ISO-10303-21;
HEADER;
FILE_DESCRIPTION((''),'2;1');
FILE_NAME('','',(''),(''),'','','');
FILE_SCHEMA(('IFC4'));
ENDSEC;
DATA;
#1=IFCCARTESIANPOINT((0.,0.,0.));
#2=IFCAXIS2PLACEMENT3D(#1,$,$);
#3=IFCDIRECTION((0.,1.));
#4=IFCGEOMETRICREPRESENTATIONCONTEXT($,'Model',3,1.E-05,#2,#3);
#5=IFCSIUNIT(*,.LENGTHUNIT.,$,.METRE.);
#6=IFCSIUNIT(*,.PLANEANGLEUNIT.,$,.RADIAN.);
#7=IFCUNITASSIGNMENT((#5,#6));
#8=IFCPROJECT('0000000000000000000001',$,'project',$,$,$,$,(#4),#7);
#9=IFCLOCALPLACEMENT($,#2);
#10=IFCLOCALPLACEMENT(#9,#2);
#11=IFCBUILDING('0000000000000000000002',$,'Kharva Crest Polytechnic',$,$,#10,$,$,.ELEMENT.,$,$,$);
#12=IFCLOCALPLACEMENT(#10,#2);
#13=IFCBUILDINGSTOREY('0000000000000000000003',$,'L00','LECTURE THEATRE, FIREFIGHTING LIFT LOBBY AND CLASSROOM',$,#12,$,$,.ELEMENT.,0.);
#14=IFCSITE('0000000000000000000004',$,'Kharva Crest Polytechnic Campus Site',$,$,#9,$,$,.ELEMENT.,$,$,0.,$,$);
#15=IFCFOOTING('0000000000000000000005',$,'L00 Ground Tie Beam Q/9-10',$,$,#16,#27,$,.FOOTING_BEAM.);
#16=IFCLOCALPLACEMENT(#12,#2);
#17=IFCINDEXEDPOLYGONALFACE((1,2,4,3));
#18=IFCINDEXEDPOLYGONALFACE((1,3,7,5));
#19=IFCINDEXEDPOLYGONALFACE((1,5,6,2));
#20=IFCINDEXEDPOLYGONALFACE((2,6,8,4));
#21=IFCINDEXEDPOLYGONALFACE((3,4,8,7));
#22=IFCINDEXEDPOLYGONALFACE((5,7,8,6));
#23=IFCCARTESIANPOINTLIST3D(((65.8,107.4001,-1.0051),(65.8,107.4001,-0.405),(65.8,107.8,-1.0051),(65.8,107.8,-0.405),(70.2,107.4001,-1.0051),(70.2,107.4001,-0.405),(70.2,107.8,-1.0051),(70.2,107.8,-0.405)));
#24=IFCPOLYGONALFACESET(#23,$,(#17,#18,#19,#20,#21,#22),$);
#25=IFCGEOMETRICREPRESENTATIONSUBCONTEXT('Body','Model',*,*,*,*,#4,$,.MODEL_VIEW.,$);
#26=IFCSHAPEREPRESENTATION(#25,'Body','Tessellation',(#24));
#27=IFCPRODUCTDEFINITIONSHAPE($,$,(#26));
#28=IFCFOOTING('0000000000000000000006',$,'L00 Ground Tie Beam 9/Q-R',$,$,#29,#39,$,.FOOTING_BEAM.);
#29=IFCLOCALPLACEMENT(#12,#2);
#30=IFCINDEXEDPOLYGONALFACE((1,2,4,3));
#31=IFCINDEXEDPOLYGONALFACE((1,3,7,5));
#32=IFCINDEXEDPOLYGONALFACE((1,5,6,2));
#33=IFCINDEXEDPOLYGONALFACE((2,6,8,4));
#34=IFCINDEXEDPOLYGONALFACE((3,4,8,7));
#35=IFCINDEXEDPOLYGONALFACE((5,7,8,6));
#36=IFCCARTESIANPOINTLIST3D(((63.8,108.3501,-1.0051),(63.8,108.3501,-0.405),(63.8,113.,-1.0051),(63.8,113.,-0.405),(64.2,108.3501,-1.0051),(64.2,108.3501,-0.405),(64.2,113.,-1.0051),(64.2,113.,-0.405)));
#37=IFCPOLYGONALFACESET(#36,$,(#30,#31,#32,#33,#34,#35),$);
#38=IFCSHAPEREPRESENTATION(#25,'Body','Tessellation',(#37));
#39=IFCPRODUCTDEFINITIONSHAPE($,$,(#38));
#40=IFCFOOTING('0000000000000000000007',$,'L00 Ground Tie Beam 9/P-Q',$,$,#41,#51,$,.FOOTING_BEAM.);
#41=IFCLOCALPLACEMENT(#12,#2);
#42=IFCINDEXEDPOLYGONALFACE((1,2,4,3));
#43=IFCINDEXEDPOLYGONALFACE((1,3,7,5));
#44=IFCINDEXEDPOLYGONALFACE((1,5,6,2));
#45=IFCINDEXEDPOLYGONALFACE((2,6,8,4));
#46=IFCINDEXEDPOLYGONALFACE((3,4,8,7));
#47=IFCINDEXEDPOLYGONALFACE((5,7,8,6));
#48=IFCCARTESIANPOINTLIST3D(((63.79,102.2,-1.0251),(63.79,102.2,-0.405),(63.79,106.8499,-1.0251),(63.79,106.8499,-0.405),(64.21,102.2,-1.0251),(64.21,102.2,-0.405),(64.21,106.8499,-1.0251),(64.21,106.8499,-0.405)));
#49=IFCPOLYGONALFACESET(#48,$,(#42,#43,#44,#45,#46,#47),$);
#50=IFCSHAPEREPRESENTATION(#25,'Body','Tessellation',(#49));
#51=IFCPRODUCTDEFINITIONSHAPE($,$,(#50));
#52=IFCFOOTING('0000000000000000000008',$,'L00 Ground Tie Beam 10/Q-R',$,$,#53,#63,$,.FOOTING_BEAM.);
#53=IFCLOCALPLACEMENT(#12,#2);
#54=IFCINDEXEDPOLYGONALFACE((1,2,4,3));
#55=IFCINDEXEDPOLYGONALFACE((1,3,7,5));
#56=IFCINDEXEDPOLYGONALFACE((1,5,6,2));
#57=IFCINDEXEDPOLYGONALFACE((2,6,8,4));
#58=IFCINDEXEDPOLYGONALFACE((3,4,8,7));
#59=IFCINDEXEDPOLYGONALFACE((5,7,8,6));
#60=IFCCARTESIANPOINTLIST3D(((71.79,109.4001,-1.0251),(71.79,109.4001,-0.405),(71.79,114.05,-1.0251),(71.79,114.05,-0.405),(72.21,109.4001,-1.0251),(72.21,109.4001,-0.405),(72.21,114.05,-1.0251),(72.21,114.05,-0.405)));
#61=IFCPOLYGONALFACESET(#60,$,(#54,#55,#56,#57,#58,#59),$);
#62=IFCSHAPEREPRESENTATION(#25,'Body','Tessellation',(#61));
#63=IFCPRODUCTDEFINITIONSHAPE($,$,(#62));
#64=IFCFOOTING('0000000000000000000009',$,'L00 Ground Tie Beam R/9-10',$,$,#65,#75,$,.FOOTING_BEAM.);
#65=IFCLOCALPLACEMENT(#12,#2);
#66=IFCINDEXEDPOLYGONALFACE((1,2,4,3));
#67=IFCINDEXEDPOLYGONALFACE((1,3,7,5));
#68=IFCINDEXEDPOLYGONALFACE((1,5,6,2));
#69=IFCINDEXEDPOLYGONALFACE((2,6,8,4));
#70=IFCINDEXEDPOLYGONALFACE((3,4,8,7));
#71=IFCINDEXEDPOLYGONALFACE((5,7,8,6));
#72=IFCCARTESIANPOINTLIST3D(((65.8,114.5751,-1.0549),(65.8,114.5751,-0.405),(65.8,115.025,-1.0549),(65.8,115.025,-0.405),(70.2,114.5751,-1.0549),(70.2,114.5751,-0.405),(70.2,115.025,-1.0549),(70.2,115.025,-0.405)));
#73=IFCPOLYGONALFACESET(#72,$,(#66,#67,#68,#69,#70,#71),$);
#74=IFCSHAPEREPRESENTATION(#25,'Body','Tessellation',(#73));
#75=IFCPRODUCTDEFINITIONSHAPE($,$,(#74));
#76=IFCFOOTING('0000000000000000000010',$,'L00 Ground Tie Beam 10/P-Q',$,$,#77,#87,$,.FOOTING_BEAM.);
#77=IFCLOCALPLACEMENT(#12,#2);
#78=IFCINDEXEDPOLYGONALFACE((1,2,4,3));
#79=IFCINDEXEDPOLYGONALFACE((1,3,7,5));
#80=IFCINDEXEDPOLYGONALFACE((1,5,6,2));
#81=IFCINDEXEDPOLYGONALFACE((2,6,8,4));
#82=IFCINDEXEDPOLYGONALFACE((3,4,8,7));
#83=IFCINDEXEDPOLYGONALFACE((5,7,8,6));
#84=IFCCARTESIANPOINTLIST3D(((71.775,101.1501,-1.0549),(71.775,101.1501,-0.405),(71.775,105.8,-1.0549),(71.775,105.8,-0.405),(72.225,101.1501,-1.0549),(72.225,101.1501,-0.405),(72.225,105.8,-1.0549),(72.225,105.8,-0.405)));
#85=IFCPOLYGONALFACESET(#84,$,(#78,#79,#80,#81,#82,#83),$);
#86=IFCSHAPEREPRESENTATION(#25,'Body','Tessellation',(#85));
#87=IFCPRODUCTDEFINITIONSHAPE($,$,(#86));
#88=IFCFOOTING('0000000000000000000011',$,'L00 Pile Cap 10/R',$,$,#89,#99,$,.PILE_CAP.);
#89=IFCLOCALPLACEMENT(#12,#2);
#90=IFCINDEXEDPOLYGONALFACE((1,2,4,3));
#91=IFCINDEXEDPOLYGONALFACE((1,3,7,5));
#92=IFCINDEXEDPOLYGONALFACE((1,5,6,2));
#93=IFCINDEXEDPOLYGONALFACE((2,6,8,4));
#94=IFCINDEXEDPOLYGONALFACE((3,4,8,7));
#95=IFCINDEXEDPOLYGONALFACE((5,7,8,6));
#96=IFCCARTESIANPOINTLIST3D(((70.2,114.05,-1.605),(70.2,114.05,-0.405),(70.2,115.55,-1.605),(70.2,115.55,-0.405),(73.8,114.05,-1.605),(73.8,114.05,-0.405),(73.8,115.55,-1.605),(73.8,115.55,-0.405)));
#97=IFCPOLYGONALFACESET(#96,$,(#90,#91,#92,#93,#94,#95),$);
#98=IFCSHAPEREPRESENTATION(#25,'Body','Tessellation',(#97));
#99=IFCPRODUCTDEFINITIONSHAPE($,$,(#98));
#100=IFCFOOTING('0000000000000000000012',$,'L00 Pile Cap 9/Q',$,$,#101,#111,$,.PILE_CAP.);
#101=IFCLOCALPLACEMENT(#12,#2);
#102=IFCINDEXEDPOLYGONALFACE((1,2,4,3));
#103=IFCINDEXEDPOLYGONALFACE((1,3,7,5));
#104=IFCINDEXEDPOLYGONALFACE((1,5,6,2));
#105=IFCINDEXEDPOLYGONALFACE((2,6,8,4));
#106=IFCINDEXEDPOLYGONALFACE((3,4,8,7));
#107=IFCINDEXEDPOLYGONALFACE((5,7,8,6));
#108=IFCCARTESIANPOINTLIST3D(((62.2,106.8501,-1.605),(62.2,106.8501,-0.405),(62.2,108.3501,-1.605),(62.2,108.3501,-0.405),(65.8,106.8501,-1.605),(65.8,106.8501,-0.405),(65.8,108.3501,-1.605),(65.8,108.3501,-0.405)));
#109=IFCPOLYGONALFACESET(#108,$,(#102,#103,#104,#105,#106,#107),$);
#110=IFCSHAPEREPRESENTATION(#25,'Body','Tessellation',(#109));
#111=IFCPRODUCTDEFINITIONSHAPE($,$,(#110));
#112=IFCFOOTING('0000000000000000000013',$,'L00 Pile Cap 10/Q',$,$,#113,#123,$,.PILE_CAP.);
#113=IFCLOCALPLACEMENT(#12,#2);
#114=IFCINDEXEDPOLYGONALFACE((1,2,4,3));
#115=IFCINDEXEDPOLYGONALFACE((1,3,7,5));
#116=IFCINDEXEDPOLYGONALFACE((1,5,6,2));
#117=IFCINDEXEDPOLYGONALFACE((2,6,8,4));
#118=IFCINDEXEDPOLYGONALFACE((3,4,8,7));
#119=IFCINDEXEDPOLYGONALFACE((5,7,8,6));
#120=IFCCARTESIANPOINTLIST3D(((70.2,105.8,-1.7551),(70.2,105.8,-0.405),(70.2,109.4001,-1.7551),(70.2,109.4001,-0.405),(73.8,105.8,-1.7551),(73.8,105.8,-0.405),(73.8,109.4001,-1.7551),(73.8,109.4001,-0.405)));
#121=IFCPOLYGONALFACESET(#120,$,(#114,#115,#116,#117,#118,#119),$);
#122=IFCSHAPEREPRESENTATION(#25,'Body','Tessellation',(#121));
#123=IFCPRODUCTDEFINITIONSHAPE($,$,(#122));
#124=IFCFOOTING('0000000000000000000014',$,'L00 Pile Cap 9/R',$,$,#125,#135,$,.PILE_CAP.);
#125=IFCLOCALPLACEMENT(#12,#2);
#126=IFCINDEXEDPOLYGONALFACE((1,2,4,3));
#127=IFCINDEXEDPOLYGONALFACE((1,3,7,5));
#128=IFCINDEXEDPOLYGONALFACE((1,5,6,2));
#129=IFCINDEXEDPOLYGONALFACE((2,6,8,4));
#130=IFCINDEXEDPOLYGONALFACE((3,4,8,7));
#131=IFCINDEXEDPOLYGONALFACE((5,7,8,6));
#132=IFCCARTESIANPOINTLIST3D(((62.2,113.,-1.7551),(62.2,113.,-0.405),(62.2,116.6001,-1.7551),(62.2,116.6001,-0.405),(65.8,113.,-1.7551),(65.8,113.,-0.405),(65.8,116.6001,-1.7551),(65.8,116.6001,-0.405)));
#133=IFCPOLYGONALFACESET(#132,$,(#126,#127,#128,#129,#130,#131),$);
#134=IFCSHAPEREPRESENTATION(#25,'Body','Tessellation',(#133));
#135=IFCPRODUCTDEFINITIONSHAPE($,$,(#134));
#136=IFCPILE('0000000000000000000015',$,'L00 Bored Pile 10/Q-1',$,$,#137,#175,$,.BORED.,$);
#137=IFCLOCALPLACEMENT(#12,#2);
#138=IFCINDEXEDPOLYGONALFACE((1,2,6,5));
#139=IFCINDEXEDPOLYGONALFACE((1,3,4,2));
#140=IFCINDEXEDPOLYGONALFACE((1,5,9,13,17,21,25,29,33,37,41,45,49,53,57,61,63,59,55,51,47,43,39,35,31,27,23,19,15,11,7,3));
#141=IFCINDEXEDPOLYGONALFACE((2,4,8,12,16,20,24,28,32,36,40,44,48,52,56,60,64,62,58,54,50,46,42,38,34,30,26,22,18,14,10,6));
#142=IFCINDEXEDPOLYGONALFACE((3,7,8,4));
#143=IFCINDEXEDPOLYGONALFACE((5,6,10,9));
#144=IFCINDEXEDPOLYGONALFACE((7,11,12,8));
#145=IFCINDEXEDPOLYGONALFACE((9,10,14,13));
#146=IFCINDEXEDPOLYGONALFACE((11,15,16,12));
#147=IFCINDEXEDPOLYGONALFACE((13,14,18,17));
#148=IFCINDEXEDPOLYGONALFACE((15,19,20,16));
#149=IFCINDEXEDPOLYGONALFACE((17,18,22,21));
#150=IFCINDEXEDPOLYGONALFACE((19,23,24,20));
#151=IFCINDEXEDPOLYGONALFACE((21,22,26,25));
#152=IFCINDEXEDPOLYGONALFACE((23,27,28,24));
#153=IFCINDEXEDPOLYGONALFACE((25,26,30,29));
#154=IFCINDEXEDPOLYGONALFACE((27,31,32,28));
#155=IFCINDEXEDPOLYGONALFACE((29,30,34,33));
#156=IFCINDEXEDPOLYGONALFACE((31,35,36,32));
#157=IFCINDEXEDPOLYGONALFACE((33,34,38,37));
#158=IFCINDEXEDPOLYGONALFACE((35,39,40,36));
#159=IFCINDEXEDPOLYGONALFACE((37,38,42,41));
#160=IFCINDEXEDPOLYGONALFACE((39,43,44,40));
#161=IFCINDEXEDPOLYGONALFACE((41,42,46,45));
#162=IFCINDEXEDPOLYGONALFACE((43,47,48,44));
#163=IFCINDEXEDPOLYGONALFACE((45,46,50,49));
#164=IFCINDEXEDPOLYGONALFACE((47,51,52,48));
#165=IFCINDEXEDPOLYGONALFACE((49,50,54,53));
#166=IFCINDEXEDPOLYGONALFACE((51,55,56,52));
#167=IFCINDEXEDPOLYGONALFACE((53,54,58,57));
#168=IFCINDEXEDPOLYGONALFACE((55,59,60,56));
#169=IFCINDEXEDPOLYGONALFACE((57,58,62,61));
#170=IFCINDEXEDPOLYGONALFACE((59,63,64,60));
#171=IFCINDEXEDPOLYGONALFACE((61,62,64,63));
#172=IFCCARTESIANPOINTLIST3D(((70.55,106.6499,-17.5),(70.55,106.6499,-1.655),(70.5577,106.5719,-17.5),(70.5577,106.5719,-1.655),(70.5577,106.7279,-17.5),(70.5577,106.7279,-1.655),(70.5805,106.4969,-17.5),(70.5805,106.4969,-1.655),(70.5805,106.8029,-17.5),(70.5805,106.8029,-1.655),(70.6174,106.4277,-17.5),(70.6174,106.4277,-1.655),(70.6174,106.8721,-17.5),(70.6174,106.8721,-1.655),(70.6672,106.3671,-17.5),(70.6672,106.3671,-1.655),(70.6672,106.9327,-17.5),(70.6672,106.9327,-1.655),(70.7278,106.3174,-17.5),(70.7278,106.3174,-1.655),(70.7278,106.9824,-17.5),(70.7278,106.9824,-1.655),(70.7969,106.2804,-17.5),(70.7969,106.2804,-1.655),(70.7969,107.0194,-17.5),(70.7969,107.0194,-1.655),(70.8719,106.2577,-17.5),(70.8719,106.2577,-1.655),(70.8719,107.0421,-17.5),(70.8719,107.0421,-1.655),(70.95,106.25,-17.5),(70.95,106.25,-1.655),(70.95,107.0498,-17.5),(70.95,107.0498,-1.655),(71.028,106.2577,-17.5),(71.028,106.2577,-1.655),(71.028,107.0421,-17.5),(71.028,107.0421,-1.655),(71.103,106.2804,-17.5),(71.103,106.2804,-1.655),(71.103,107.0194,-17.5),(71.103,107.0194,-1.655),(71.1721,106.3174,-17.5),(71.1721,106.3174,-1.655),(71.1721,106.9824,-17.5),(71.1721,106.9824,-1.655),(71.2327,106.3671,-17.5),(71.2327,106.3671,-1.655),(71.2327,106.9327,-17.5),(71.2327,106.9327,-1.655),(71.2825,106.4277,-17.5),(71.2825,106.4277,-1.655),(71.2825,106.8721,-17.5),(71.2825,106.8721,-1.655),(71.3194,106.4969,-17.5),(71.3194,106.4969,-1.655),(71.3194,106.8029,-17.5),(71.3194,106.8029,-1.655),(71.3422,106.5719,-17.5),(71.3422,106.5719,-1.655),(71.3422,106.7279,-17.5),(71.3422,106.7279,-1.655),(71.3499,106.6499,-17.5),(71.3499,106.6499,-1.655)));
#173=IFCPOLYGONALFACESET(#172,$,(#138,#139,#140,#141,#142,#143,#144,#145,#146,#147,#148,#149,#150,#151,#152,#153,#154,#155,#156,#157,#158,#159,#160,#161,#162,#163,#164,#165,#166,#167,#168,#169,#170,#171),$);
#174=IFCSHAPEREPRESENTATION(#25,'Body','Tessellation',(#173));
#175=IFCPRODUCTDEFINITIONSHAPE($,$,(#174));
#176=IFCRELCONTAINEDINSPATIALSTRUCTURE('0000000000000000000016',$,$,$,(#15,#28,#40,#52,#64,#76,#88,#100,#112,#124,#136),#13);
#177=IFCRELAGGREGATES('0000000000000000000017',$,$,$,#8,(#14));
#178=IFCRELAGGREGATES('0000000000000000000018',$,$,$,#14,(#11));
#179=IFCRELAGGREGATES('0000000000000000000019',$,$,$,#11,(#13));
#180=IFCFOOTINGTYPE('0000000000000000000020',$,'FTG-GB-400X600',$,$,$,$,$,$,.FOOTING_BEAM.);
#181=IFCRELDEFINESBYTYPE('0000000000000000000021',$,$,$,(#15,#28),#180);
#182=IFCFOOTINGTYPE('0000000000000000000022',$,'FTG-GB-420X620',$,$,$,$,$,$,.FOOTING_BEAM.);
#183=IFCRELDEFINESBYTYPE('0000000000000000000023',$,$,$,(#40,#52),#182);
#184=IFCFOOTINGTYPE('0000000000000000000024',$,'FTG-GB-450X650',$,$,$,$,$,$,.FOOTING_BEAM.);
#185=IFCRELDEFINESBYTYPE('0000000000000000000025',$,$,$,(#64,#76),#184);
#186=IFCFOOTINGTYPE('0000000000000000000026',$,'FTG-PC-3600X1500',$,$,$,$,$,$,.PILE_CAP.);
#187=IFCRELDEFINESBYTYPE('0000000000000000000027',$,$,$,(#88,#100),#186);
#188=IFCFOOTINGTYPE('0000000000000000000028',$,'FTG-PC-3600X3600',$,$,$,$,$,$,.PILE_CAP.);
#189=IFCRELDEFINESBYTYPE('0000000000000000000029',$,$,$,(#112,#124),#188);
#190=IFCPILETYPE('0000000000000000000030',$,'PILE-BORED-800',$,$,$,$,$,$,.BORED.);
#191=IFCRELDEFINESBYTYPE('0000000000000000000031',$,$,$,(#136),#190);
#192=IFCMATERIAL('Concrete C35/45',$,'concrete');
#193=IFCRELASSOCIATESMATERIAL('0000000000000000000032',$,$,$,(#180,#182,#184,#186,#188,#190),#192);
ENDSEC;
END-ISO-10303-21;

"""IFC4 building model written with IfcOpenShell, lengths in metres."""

from ifc_helpers import new_model, si_unit, direction, frame, origin, origin_2d, place, context, subcontext, project, spatial, rectangle, circle, extrude, material, material_profile, profile_set, type_object, element, save


model = new_model("IFC4")

# Units and contexts
model_context = context("Model", 3, precision=1e-05, world=origin(), true_north=direction((0.0, 1.0)))
body_context = subcontext(model_context, "Body", "Model", "MODEL_VIEW")
ifc_project = project(units=[si_unit("LENGTHUNIT", "METRE"), si_unit("PLANEANGLEUNIT", "RADIAN")], contexts=[model_context])

# Site, building, storey
site_placement = place(None, origin())
site = spatial("IfcSite", under=ifc_project, at=site_placement, Name="Kharva Crest Polytechnic Campus Site", CompositionType="ELEMENT", RefElevation=0.0)
building_placement = place(site_placement, origin())
building = spatial("IfcBuilding", under=site, at=building_placement, Name="Kharva Crest Polytechnic", CompositionType="ELEMENT")
storey_placement = place(building_placement, origin())
storey = spatial("IfcBuildingStorey", under=building, at=storey_placement, Name="L00", Description="LECTURE THEATRE, FIREFIGHTING LIFT LOBBY AND CLASSROOM", CompositionType="ELEMENT", Elevation=0.0)

# Footings
ifc_material_1 = material(Name="Concrete C35/45", Category="concrete")
footing_type_1 = type_object("IfcFootingType", Name="FTG-GB-400X600", PredefinedType="FOOTING_BEAM", material=ifc_material_1)
footing_1_placement = place(storey_placement, frame((68.0, 107.6001, -1.0051), z_axis=(0.0, 0.0, 1.0), x_axis=(1.0, 0.0, 0.0)))
element("IfcFooting", 1, at=footing_1_placement, inside=storey, type_object=footing_type_1, Name="L00 Ground Tie Beam Q/9-10", PredefinedType="FOOTING_BEAM", context=body_context, shape_type="SweptSolid", body=[
    extrude(rectangle(XDim=4.3999, YDim=0.3999, at=origin_2d()), origin(), (0.0, 0.0, 1.0), 0.6001),
])
footing_2_placement = place(storey_placement, frame((64.0, 110.675, -1.0051), z_axis=(0.0, 0.0, 1.0), x_axis=(0.0, 1.0, 0.0)))
element("IfcFooting", 2, at=footing_2_placement, inside=storey, type_object=footing_type_1, Name="L00 Ground Tie Beam 9/Q-R", PredefinedType="FOOTING_BEAM", context=body_context, shape_type="SweptSolid", body=[
    extrude(rectangle(XDim=4.6499, YDim=0.3999, at=origin_2d()), origin(), (0.0, 0.0, 1.0), 0.6001),
])
footing_type_2 = type_object("IfcFootingType", Name="FTG-GB-420X620", PredefinedType="FOOTING_BEAM", material=ifc_material_1)
for number, where, z_axis, x_axis, name in (
    (3, (64.0, 104.5249, -1.0251), (0.0, 0.0, 1.0), (0.0, 1.0, 0.0), "L00 Ground Tie Beam 9/P-Q"),
    (4, (72.0, 111.7251, -1.0251), (0.0, 0.0, 1.0), (0.0, 1.0, 0.0), "L00 Ground Tie Beam 10/Q-R"),
):
    element("IfcFooting", number, at=place(storey_placement, frame(where, z_axis=z_axis, x_axis=x_axis)), inside=storey, type_object=footing_type_2, Name=name, PredefinedType="FOOTING_BEAM", context=body_context, shape_type="SweptSolid", body=[
        extrude(rectangle(XDim=4.6499, YDim=0.4199, at=origin_2d()), origin(), (0.0, 0.0, 1.0), 0.6201),
    ])
footing_type_3 = type_object("IfcFootingType", Name="FTG-GB-450X650", PredefinedType="FOOTING_BEAM", material=ifc_material_1)
footing_3_placement = place(storey_placement, frame((68.0, 114.8, -1.0549), z_axis=(0.0, 0.0, 1.0), x_axis=(1.0, 0.0, 0.0)))
element("IfcFooting", 5, at=footing_3_placement, inside=storey, type_object=footing_type_3, Name="L00 Ground Tie Beam R/9-10", PredefinedType="FOOTING_BEAM", context=body_context, shape_type="SweptSolid", body=[
    extrude(rectangle(XDim=4.3999, YDim=0.45, at=origin_2d()), origin(), (0.0, 0.0, 1.0), 0.6499),
])
footing_4_placement = place(storey_placement, frame((72.0, 103.4751, -1.0549), z_axis=(0.0, 0.0, 1.0), x_axis=(0.0, 1.0, 0.0)))
element("IfcFooting", 6, at=footing_4_placement, inside=storey, type_object=footing_type_3, Name="L00 Ground Tie Beam 10/P-Q", PredefinedType="FOOTING_BEAM", context=body_context, shape_type="SweptSolid", body=[
    extrude(rectangle(XDim=4.6499, YDim=0.45, at=origin_2d()), origin(), (0.0, 0.0, 1.0), 0.6499),
])
footing_type_4 = type_object("IfcFootingType", Name="FTG-PC-3600X1500", PredefinedType="PILE_CAP", material=ifc_material_1)
for number, where, z_axis, x_axis, name in (
    (7, (72.0, 114.8, -1.605), (0.0, 0.0, 1.0), (1.0, 0.0, 0.0), "L00 Pile Cap 10/R"),
    (8, (64.0, 107.6001, -1.605), (0.0, 0.0, 1.0), (1.0, 0.0, 0.0), "L00 Pile Cap 9/Q"),
):
    element("IfcFooting", number, at=place(storey_placement, frame(where, z_axis=z_axis, x_axis=x_axis)), inside=storey, type_object=footing_type_4, Name=name, PredefinedType="PILE_CAP", context=body_context, shape_type="SweptSolid", body=[
        extrude(rectangle(XDim=3.6001, YDim=1.5, at=origin_2d()), origin(), (0.0, 0.0, 1.0), 1.2),
    ])
footing_type_5 = type_object("IfcFootingType", Name="FTG-PC-3600X3600", PredefinedType="PILE_CAP", material=ifc_material_1)
for number, where, z_axis, x_axis, name in (
    (9, (72.0, 107.6001, -1.7551), (0.0, 0.0, 1.0), (1.0, 0.0, 0.0), "L00 Pile Cap 10/Q"),
    (10, (64.0, 114.8, -1.7551), (0.0, 0.0, 1.0), (1.0, 0.0, 0.0), "L00 Pile Cap 9/R"),
):
    element("IfcFooting", number, at=place(storey_placement, frame(where, z_axis=z_axis, x_axis=x_axis)), inside=storey, type_object=footing_type_5, Name=name, PredefinedType="PILE_CAP", context=body_context, shape_type="SweptSolid", body=[
        extrude(rectangle(XDim=3.6001, YDim=3.6001, at=origin_2d()), origin(), (0.0, 0.0, 1.0), 1.3501),
    ])

# Pile
ifc_material_profile_1 = material_profile(ifc_material_1, circle(Radius=0.3999, at=origin_2d()), Name="DIA 800")
ifc_profile_set_1 = profile_set([ifc_material_profile_1], Name="Concrete C35/45")
pile_type_1 = type_object("IfcPileType", Name="PILE-BORED-800", PredefinedType="BORED", material=ifc_profile_set_1)
for number, where, z_axis, x_axis, name in (
    (11, (70.95, 106.6499, -1.655), (0.0, 0.0, -1.0), (1.0, 0.0, 0.0), "L00 Bored Pile 10/Q-1"),
):
    element("IfcPile", number, at=place(storey_placement, frame(where, z_axis=z_axis, x_axis=x_axis)), inside=storey, type_object=pile_type_1, Name=name, PredefinedType="BORED", context=body_context, shape_type="SweptSolid", body=[
        extrude(circle(Radius=0.3999, at=origin_2d()), origin(), (0.0, 0.0, 1.0), 15.845),
    ])

save(model, "model.ifc")
